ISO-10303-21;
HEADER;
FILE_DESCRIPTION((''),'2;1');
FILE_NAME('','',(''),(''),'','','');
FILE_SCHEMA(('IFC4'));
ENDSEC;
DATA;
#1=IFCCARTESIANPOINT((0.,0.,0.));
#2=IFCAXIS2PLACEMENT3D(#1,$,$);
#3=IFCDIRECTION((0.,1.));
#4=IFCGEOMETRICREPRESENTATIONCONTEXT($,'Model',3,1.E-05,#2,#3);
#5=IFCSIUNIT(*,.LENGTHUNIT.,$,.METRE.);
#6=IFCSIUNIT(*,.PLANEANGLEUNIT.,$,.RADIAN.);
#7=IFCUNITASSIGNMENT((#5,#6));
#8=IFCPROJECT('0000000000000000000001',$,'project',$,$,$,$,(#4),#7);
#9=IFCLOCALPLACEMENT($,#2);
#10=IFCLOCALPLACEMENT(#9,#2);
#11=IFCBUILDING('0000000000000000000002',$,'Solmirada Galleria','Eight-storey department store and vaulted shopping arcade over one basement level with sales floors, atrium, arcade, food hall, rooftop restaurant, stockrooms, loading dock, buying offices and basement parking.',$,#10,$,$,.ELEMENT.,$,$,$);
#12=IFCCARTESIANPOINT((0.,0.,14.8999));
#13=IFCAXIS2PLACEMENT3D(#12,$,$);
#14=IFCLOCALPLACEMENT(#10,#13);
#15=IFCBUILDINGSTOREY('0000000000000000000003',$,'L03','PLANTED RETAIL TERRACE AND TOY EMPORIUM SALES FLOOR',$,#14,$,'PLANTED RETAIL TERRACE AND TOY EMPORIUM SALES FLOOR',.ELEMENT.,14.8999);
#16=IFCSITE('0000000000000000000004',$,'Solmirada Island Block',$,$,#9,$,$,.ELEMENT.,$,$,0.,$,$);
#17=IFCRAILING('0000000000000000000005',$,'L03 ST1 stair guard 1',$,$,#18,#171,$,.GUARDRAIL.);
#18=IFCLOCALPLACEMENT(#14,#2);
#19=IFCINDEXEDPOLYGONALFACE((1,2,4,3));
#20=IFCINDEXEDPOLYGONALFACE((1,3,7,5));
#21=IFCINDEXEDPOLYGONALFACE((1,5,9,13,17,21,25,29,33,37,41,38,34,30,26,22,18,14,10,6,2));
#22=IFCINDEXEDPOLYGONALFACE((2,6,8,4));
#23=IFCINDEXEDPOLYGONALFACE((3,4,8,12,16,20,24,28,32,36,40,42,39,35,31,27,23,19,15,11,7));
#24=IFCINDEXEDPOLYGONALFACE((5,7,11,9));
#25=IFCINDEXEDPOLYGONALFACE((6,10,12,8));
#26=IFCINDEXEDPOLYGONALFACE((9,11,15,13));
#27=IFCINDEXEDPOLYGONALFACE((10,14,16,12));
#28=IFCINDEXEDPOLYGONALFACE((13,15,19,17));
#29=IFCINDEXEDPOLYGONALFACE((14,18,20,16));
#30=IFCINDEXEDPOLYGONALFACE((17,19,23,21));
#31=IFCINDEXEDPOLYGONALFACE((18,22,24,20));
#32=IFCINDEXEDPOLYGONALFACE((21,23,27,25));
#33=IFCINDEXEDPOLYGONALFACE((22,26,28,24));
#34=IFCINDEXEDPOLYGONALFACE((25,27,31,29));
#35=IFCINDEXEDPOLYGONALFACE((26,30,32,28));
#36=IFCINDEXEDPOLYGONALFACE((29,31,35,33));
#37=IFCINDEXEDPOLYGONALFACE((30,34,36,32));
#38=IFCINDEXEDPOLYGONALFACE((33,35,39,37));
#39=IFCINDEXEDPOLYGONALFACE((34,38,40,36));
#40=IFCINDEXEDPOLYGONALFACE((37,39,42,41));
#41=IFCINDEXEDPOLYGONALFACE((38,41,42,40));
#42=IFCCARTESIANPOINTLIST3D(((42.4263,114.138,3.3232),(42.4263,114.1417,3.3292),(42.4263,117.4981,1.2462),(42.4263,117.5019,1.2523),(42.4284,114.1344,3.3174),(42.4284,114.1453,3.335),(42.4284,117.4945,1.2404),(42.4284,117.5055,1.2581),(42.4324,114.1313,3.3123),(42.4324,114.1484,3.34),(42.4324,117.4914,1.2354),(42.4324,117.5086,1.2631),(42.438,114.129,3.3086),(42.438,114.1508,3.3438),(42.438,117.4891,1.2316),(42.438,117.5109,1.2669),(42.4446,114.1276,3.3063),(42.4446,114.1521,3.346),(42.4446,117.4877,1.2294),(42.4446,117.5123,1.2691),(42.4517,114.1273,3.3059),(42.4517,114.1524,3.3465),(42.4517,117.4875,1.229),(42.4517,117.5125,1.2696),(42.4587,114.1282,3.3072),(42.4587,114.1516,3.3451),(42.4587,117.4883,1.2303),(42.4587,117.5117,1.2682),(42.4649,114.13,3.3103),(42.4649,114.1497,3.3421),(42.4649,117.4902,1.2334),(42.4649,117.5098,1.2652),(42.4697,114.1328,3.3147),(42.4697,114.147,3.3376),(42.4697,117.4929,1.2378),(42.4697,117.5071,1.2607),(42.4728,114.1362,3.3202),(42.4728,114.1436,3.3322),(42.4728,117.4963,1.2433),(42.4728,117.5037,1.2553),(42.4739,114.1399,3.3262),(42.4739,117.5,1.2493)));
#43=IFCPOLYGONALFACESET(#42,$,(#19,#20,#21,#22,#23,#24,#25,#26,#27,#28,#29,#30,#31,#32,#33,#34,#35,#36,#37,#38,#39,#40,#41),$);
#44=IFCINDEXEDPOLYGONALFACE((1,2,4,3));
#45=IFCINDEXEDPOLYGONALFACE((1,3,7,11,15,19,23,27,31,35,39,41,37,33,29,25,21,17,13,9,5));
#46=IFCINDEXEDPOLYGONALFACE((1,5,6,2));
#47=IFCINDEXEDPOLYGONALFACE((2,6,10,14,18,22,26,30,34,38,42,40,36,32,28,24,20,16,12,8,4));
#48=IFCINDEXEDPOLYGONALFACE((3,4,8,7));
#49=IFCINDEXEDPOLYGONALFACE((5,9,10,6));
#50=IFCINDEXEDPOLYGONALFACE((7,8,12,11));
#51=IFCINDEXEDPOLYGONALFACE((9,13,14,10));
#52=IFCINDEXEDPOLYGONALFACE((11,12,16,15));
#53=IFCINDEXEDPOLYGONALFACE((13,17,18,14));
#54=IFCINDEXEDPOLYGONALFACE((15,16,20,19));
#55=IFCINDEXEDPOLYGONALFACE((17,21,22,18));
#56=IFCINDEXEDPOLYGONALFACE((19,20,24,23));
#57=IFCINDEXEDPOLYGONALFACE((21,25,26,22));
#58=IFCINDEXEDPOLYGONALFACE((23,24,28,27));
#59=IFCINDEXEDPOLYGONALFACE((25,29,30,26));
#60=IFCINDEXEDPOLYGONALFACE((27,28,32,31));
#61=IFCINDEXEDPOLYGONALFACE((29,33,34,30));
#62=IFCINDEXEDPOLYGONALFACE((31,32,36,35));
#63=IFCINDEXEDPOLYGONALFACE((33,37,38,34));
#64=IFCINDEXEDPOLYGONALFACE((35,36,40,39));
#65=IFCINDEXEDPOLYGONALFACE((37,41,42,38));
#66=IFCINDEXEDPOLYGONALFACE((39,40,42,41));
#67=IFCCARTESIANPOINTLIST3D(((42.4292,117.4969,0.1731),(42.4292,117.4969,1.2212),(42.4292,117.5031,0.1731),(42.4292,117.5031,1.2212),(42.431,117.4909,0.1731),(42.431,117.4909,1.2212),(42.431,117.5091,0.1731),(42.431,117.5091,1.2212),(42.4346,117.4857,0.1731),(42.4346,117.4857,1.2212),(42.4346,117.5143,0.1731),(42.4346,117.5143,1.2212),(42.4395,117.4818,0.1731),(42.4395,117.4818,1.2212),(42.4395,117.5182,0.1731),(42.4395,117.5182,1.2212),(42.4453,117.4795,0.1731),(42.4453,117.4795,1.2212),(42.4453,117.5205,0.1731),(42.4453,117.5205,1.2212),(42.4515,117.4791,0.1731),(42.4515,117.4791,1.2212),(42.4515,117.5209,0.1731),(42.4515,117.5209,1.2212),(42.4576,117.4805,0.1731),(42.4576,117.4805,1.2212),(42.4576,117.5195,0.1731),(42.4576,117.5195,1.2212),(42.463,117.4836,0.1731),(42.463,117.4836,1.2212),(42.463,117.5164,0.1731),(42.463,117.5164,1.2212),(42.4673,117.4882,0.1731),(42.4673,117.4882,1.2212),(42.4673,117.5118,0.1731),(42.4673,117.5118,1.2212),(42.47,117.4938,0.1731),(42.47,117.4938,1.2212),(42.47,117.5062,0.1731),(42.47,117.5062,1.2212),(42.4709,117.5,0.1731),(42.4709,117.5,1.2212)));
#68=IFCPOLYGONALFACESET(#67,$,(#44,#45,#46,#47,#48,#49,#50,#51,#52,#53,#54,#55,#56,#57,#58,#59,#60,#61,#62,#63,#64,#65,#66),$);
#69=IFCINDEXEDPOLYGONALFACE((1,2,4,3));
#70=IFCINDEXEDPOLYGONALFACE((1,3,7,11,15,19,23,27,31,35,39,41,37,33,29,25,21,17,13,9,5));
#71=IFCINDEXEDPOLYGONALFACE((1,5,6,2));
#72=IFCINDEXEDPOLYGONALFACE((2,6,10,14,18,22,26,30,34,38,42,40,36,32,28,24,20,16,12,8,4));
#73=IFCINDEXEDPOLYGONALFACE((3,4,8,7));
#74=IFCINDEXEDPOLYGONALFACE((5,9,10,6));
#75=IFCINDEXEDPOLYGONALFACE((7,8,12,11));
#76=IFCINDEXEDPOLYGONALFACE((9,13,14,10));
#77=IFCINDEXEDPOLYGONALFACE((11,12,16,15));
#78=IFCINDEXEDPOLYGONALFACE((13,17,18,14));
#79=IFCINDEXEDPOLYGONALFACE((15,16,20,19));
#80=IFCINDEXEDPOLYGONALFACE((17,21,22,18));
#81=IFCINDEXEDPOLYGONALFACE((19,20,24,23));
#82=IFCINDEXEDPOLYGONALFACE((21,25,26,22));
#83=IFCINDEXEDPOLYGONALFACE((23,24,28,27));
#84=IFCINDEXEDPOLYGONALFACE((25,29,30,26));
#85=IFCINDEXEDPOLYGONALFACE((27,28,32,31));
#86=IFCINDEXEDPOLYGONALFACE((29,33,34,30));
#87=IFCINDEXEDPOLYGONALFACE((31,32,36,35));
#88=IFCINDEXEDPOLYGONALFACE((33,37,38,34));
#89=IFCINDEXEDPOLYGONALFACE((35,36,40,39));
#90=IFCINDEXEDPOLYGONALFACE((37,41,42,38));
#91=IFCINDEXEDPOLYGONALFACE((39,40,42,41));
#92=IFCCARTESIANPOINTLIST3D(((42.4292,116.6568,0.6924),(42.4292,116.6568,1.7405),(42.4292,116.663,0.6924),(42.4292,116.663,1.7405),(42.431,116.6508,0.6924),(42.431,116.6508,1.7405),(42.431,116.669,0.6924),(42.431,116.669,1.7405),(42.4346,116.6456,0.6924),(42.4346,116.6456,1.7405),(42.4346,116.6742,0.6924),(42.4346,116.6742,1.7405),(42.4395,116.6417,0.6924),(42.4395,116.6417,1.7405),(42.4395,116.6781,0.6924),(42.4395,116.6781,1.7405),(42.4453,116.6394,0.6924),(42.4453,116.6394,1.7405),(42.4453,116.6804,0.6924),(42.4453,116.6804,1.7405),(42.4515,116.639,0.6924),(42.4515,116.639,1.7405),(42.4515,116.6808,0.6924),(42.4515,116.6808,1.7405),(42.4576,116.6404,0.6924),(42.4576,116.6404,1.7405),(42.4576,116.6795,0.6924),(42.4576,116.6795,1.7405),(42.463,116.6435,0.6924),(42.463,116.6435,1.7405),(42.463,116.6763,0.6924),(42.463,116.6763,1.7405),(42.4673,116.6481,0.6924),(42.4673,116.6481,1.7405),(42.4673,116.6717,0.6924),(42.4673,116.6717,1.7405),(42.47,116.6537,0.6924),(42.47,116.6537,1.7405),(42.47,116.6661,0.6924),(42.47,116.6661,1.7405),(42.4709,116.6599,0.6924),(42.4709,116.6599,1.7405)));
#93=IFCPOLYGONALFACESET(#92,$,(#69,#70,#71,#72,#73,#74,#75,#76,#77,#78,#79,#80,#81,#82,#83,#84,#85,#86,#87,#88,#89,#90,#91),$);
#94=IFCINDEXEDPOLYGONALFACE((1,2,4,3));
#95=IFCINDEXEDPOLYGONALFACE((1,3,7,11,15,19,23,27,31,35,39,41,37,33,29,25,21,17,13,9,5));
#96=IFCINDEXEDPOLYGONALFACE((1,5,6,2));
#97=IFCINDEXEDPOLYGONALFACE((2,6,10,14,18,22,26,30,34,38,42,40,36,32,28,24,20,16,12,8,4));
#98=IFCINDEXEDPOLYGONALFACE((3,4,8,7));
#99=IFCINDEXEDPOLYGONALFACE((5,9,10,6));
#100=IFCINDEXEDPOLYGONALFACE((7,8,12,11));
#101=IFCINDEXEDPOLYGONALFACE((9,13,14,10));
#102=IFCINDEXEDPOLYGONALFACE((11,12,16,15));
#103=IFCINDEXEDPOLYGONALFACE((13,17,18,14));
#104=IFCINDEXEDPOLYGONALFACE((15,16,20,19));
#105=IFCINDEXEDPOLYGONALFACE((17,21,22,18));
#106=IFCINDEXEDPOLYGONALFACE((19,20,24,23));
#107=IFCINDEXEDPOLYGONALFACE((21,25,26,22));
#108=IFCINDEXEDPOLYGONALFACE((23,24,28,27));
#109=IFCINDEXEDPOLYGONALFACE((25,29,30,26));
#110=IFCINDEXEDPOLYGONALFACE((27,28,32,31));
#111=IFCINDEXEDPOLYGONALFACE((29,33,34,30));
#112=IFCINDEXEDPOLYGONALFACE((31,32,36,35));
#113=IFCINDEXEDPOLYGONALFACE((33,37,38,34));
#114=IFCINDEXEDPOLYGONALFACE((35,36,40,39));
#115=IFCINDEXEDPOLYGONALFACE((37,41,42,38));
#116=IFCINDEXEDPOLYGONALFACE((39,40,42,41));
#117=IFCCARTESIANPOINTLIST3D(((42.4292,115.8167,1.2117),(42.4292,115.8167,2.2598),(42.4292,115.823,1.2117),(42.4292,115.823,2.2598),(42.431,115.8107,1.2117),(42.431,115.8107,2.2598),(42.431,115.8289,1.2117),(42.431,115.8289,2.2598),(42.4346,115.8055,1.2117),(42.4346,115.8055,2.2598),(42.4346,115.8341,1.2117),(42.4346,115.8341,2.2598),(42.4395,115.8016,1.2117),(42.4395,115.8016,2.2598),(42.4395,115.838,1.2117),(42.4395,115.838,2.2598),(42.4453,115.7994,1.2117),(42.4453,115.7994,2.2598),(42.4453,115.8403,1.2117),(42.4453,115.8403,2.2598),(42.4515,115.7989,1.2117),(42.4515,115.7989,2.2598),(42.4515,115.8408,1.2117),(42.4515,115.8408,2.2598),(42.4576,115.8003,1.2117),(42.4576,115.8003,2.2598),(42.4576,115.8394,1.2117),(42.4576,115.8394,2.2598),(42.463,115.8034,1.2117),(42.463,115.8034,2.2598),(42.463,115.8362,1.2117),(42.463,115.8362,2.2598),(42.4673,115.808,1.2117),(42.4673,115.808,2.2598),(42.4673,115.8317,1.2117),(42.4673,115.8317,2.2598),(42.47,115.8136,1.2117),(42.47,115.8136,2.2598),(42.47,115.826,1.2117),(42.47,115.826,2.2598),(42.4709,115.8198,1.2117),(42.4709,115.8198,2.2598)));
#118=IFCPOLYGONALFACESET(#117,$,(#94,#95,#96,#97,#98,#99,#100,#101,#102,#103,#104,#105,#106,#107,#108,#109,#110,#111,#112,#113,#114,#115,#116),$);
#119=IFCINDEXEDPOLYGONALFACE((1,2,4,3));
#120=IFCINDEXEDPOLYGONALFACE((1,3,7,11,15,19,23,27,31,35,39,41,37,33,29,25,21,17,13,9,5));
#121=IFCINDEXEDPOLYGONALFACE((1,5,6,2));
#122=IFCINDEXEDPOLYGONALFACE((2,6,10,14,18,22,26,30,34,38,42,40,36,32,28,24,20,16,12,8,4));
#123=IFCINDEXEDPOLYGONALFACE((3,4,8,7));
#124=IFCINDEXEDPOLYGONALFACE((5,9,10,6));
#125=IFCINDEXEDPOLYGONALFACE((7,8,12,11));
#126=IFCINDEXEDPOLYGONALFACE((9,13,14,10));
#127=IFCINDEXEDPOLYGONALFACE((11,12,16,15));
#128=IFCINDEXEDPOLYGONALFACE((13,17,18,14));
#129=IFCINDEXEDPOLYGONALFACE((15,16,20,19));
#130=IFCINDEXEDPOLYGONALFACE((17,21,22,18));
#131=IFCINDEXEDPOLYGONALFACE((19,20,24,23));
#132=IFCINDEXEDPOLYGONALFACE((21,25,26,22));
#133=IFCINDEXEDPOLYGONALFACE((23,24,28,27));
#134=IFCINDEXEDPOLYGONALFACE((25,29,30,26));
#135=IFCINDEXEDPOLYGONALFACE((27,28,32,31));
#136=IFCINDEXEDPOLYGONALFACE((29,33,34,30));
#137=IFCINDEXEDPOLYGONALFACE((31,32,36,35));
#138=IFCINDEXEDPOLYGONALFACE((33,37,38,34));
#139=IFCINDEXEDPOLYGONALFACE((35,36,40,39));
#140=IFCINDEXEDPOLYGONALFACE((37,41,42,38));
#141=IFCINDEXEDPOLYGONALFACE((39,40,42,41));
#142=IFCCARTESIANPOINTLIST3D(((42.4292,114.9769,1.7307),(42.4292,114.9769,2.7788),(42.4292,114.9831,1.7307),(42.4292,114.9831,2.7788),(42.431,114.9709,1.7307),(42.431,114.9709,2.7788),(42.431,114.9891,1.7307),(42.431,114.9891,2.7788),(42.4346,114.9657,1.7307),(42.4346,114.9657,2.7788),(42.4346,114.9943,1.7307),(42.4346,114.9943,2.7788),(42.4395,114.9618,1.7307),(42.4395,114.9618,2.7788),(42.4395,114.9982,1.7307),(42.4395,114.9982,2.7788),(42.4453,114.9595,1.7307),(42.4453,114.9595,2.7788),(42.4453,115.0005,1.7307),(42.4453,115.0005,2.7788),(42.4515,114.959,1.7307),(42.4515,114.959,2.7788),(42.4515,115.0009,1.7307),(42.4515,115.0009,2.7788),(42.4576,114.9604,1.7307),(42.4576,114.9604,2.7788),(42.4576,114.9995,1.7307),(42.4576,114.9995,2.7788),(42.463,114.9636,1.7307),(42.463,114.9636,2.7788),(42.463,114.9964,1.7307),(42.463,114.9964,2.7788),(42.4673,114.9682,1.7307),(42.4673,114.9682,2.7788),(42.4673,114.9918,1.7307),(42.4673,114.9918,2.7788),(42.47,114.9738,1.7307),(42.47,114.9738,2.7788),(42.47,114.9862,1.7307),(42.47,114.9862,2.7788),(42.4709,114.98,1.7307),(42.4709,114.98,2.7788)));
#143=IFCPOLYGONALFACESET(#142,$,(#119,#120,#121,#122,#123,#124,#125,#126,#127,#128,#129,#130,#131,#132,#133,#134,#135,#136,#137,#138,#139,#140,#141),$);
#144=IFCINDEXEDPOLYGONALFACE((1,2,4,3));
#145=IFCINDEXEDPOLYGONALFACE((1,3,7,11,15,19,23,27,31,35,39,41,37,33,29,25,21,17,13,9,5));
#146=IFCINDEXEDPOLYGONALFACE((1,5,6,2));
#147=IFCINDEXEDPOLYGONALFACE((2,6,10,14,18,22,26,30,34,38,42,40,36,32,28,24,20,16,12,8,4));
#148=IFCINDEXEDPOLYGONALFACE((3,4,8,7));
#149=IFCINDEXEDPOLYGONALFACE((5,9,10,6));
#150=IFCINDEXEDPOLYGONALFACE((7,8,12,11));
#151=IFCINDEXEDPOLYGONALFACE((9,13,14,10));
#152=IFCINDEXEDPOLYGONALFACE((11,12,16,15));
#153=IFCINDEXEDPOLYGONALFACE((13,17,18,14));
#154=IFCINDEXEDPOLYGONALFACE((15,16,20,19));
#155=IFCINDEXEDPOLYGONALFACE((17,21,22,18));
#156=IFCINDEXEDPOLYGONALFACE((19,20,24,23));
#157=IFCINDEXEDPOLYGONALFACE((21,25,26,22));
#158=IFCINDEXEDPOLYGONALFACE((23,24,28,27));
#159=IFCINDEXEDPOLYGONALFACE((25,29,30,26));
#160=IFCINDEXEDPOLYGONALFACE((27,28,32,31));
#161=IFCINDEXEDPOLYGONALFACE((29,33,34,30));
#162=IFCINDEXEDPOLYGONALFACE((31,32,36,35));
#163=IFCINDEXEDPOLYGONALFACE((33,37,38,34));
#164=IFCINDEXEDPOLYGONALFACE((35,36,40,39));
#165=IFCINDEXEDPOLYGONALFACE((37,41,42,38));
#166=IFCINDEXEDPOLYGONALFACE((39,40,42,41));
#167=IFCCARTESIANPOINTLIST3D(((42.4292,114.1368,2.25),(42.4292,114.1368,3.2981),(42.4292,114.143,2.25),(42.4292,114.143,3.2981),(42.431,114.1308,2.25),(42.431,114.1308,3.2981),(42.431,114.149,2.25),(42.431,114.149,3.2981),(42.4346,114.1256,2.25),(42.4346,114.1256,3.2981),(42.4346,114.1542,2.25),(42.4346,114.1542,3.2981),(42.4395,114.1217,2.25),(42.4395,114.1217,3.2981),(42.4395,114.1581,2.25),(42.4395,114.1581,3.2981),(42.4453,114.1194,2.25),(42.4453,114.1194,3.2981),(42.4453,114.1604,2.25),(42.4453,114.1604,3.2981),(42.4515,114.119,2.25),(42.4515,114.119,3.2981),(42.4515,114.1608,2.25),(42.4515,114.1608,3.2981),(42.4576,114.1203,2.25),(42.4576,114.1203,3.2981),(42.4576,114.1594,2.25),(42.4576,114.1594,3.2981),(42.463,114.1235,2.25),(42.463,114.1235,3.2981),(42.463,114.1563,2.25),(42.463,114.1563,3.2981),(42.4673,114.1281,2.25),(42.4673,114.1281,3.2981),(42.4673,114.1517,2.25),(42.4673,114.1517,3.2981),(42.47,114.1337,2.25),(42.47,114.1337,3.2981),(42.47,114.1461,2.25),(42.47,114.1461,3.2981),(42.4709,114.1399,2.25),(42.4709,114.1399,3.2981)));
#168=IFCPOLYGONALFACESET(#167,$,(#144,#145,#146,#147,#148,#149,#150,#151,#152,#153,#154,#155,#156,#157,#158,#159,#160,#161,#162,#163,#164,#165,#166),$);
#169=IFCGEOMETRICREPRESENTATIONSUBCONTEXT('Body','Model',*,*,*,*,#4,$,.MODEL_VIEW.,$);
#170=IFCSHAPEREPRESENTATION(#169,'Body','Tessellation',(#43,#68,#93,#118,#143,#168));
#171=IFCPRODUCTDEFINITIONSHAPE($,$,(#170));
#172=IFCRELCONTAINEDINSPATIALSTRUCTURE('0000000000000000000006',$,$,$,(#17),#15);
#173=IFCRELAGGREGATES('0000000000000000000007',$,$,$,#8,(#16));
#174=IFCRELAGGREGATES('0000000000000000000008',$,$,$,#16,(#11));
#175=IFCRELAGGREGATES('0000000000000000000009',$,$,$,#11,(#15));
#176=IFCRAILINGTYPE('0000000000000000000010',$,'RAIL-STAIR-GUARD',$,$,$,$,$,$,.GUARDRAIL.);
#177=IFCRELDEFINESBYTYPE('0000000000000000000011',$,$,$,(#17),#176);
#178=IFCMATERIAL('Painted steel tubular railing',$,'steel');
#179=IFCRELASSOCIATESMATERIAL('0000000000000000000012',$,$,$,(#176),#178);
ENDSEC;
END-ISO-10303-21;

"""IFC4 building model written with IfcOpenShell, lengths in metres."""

from ifc_helpers import new_model, si_unit, direction, frame, origin, origin_2d, place, context, subcontext, project, spatial, circle, extrude, material, type_object, element, save


model = new_model("IFC4")

# Units and contexts
model_context = context("Model", 3, precision=1e-05, world=origin(), true_north=direction((0.0, 1.0)))
body_context = subcontext(model_context, "Body", "Model", "MODEL_VIEW")
ifc_project = project(units=[si_unit("LENGTHUNIT", "METRE"), si_unit("PLANEANGLEUNIT", "RADIAN")], contexts=[model_context])

# Site, building, storey
site_placement = place(None, origin())
site = spatial("IfcSite", under=ifc_project, at=site_placement, Name="Solmirada Island Block", CompositionType="ELEMENT", RefElevation=0.0)
building_placement = place(site_placement, origin())
building = spatial("IfcBuilding", under=site, at=building_placement, Name="Solmirada Galleria", Description="Eight-storey department store and vaulted shopping arcade over one basement level with sales floors, atrium, arcade, food hall, rooftop restaurant, stockrooms, loading dock, buying offices and basement parking.", CompositionType="ELEMENT")
storey_placement = place(building_placement, frame((0.0, 0.0, 14.8999)))
storey = spatial("IfcBuildingStorey", under=building, at=storey_placement, Name="L03", Description="PLANTED RETAIL TERRACE AND TOY EMPORIUM SALES FLOOR", LongName="PLANTED RETAIL TERRACE AND TOY EMPORIUM SALES FLOOR", CompositionType="ELEMENT", Elevation=14.8999)

# Railing
ifc_material_1 = material(Name="Painted steel tubular railing", Category="steel")
railing_type_1 = type_object("IfcRailingType", Name="RAIL-STAIR-GUARD", PredefinedType="GUARDRAIL", material=ifc_material_1)
railing_1_placement = place(storey_placement, frame((42.45, 117.5, 0.1731)))
element("IfcRailing", 1, at=railing_1_placement, inside=storey, type_object=railing_type_1, Name="L03 ST1 stair guard 1", PredefinedType="GUARDRAIL", context=body_context, shape_type="SweptSolid", body=[
    extrude(circle(Radius=0.0239, at=origin_2d()), frame((0.0, 0.0, 1.0762), z_axis=(0.0, -0.850623, 0.525776), x_axis=(1.0, 0.0, 0.0)), (0.0, 0.0, 1.0), 3.9502),
    extrude(circle(Radius=0.021, at=origin_2d()), origin(), (0.0, 0.0, 1.0), 1.0481),
    extrude(circle(Radius=0.021, at=origin_2d()), frame((0.0, -0.8401, 0.5193)), (0.0, 0.0, 1.0), 1.0481),
    extrude(circle(Radius=0.021, at=origin_2d()), frame((0.0, -1.6802, 1.0386)), (0.0, 0.0, 1.0), 1.0481),
    extrude(circle(Radius=0.021, at=origin_2d()), frame((0.0, -2.52, 1.5576)), (0.0, 0.0, 1.0), 1.0481),
    extrude(circle(Radius=0.021, at=origin_2d()), frame((0.0, -3.3601, 2.0769)), (0.0, 0.0, 1.0), 1.0481),
])

save(model, "model.ifc")
